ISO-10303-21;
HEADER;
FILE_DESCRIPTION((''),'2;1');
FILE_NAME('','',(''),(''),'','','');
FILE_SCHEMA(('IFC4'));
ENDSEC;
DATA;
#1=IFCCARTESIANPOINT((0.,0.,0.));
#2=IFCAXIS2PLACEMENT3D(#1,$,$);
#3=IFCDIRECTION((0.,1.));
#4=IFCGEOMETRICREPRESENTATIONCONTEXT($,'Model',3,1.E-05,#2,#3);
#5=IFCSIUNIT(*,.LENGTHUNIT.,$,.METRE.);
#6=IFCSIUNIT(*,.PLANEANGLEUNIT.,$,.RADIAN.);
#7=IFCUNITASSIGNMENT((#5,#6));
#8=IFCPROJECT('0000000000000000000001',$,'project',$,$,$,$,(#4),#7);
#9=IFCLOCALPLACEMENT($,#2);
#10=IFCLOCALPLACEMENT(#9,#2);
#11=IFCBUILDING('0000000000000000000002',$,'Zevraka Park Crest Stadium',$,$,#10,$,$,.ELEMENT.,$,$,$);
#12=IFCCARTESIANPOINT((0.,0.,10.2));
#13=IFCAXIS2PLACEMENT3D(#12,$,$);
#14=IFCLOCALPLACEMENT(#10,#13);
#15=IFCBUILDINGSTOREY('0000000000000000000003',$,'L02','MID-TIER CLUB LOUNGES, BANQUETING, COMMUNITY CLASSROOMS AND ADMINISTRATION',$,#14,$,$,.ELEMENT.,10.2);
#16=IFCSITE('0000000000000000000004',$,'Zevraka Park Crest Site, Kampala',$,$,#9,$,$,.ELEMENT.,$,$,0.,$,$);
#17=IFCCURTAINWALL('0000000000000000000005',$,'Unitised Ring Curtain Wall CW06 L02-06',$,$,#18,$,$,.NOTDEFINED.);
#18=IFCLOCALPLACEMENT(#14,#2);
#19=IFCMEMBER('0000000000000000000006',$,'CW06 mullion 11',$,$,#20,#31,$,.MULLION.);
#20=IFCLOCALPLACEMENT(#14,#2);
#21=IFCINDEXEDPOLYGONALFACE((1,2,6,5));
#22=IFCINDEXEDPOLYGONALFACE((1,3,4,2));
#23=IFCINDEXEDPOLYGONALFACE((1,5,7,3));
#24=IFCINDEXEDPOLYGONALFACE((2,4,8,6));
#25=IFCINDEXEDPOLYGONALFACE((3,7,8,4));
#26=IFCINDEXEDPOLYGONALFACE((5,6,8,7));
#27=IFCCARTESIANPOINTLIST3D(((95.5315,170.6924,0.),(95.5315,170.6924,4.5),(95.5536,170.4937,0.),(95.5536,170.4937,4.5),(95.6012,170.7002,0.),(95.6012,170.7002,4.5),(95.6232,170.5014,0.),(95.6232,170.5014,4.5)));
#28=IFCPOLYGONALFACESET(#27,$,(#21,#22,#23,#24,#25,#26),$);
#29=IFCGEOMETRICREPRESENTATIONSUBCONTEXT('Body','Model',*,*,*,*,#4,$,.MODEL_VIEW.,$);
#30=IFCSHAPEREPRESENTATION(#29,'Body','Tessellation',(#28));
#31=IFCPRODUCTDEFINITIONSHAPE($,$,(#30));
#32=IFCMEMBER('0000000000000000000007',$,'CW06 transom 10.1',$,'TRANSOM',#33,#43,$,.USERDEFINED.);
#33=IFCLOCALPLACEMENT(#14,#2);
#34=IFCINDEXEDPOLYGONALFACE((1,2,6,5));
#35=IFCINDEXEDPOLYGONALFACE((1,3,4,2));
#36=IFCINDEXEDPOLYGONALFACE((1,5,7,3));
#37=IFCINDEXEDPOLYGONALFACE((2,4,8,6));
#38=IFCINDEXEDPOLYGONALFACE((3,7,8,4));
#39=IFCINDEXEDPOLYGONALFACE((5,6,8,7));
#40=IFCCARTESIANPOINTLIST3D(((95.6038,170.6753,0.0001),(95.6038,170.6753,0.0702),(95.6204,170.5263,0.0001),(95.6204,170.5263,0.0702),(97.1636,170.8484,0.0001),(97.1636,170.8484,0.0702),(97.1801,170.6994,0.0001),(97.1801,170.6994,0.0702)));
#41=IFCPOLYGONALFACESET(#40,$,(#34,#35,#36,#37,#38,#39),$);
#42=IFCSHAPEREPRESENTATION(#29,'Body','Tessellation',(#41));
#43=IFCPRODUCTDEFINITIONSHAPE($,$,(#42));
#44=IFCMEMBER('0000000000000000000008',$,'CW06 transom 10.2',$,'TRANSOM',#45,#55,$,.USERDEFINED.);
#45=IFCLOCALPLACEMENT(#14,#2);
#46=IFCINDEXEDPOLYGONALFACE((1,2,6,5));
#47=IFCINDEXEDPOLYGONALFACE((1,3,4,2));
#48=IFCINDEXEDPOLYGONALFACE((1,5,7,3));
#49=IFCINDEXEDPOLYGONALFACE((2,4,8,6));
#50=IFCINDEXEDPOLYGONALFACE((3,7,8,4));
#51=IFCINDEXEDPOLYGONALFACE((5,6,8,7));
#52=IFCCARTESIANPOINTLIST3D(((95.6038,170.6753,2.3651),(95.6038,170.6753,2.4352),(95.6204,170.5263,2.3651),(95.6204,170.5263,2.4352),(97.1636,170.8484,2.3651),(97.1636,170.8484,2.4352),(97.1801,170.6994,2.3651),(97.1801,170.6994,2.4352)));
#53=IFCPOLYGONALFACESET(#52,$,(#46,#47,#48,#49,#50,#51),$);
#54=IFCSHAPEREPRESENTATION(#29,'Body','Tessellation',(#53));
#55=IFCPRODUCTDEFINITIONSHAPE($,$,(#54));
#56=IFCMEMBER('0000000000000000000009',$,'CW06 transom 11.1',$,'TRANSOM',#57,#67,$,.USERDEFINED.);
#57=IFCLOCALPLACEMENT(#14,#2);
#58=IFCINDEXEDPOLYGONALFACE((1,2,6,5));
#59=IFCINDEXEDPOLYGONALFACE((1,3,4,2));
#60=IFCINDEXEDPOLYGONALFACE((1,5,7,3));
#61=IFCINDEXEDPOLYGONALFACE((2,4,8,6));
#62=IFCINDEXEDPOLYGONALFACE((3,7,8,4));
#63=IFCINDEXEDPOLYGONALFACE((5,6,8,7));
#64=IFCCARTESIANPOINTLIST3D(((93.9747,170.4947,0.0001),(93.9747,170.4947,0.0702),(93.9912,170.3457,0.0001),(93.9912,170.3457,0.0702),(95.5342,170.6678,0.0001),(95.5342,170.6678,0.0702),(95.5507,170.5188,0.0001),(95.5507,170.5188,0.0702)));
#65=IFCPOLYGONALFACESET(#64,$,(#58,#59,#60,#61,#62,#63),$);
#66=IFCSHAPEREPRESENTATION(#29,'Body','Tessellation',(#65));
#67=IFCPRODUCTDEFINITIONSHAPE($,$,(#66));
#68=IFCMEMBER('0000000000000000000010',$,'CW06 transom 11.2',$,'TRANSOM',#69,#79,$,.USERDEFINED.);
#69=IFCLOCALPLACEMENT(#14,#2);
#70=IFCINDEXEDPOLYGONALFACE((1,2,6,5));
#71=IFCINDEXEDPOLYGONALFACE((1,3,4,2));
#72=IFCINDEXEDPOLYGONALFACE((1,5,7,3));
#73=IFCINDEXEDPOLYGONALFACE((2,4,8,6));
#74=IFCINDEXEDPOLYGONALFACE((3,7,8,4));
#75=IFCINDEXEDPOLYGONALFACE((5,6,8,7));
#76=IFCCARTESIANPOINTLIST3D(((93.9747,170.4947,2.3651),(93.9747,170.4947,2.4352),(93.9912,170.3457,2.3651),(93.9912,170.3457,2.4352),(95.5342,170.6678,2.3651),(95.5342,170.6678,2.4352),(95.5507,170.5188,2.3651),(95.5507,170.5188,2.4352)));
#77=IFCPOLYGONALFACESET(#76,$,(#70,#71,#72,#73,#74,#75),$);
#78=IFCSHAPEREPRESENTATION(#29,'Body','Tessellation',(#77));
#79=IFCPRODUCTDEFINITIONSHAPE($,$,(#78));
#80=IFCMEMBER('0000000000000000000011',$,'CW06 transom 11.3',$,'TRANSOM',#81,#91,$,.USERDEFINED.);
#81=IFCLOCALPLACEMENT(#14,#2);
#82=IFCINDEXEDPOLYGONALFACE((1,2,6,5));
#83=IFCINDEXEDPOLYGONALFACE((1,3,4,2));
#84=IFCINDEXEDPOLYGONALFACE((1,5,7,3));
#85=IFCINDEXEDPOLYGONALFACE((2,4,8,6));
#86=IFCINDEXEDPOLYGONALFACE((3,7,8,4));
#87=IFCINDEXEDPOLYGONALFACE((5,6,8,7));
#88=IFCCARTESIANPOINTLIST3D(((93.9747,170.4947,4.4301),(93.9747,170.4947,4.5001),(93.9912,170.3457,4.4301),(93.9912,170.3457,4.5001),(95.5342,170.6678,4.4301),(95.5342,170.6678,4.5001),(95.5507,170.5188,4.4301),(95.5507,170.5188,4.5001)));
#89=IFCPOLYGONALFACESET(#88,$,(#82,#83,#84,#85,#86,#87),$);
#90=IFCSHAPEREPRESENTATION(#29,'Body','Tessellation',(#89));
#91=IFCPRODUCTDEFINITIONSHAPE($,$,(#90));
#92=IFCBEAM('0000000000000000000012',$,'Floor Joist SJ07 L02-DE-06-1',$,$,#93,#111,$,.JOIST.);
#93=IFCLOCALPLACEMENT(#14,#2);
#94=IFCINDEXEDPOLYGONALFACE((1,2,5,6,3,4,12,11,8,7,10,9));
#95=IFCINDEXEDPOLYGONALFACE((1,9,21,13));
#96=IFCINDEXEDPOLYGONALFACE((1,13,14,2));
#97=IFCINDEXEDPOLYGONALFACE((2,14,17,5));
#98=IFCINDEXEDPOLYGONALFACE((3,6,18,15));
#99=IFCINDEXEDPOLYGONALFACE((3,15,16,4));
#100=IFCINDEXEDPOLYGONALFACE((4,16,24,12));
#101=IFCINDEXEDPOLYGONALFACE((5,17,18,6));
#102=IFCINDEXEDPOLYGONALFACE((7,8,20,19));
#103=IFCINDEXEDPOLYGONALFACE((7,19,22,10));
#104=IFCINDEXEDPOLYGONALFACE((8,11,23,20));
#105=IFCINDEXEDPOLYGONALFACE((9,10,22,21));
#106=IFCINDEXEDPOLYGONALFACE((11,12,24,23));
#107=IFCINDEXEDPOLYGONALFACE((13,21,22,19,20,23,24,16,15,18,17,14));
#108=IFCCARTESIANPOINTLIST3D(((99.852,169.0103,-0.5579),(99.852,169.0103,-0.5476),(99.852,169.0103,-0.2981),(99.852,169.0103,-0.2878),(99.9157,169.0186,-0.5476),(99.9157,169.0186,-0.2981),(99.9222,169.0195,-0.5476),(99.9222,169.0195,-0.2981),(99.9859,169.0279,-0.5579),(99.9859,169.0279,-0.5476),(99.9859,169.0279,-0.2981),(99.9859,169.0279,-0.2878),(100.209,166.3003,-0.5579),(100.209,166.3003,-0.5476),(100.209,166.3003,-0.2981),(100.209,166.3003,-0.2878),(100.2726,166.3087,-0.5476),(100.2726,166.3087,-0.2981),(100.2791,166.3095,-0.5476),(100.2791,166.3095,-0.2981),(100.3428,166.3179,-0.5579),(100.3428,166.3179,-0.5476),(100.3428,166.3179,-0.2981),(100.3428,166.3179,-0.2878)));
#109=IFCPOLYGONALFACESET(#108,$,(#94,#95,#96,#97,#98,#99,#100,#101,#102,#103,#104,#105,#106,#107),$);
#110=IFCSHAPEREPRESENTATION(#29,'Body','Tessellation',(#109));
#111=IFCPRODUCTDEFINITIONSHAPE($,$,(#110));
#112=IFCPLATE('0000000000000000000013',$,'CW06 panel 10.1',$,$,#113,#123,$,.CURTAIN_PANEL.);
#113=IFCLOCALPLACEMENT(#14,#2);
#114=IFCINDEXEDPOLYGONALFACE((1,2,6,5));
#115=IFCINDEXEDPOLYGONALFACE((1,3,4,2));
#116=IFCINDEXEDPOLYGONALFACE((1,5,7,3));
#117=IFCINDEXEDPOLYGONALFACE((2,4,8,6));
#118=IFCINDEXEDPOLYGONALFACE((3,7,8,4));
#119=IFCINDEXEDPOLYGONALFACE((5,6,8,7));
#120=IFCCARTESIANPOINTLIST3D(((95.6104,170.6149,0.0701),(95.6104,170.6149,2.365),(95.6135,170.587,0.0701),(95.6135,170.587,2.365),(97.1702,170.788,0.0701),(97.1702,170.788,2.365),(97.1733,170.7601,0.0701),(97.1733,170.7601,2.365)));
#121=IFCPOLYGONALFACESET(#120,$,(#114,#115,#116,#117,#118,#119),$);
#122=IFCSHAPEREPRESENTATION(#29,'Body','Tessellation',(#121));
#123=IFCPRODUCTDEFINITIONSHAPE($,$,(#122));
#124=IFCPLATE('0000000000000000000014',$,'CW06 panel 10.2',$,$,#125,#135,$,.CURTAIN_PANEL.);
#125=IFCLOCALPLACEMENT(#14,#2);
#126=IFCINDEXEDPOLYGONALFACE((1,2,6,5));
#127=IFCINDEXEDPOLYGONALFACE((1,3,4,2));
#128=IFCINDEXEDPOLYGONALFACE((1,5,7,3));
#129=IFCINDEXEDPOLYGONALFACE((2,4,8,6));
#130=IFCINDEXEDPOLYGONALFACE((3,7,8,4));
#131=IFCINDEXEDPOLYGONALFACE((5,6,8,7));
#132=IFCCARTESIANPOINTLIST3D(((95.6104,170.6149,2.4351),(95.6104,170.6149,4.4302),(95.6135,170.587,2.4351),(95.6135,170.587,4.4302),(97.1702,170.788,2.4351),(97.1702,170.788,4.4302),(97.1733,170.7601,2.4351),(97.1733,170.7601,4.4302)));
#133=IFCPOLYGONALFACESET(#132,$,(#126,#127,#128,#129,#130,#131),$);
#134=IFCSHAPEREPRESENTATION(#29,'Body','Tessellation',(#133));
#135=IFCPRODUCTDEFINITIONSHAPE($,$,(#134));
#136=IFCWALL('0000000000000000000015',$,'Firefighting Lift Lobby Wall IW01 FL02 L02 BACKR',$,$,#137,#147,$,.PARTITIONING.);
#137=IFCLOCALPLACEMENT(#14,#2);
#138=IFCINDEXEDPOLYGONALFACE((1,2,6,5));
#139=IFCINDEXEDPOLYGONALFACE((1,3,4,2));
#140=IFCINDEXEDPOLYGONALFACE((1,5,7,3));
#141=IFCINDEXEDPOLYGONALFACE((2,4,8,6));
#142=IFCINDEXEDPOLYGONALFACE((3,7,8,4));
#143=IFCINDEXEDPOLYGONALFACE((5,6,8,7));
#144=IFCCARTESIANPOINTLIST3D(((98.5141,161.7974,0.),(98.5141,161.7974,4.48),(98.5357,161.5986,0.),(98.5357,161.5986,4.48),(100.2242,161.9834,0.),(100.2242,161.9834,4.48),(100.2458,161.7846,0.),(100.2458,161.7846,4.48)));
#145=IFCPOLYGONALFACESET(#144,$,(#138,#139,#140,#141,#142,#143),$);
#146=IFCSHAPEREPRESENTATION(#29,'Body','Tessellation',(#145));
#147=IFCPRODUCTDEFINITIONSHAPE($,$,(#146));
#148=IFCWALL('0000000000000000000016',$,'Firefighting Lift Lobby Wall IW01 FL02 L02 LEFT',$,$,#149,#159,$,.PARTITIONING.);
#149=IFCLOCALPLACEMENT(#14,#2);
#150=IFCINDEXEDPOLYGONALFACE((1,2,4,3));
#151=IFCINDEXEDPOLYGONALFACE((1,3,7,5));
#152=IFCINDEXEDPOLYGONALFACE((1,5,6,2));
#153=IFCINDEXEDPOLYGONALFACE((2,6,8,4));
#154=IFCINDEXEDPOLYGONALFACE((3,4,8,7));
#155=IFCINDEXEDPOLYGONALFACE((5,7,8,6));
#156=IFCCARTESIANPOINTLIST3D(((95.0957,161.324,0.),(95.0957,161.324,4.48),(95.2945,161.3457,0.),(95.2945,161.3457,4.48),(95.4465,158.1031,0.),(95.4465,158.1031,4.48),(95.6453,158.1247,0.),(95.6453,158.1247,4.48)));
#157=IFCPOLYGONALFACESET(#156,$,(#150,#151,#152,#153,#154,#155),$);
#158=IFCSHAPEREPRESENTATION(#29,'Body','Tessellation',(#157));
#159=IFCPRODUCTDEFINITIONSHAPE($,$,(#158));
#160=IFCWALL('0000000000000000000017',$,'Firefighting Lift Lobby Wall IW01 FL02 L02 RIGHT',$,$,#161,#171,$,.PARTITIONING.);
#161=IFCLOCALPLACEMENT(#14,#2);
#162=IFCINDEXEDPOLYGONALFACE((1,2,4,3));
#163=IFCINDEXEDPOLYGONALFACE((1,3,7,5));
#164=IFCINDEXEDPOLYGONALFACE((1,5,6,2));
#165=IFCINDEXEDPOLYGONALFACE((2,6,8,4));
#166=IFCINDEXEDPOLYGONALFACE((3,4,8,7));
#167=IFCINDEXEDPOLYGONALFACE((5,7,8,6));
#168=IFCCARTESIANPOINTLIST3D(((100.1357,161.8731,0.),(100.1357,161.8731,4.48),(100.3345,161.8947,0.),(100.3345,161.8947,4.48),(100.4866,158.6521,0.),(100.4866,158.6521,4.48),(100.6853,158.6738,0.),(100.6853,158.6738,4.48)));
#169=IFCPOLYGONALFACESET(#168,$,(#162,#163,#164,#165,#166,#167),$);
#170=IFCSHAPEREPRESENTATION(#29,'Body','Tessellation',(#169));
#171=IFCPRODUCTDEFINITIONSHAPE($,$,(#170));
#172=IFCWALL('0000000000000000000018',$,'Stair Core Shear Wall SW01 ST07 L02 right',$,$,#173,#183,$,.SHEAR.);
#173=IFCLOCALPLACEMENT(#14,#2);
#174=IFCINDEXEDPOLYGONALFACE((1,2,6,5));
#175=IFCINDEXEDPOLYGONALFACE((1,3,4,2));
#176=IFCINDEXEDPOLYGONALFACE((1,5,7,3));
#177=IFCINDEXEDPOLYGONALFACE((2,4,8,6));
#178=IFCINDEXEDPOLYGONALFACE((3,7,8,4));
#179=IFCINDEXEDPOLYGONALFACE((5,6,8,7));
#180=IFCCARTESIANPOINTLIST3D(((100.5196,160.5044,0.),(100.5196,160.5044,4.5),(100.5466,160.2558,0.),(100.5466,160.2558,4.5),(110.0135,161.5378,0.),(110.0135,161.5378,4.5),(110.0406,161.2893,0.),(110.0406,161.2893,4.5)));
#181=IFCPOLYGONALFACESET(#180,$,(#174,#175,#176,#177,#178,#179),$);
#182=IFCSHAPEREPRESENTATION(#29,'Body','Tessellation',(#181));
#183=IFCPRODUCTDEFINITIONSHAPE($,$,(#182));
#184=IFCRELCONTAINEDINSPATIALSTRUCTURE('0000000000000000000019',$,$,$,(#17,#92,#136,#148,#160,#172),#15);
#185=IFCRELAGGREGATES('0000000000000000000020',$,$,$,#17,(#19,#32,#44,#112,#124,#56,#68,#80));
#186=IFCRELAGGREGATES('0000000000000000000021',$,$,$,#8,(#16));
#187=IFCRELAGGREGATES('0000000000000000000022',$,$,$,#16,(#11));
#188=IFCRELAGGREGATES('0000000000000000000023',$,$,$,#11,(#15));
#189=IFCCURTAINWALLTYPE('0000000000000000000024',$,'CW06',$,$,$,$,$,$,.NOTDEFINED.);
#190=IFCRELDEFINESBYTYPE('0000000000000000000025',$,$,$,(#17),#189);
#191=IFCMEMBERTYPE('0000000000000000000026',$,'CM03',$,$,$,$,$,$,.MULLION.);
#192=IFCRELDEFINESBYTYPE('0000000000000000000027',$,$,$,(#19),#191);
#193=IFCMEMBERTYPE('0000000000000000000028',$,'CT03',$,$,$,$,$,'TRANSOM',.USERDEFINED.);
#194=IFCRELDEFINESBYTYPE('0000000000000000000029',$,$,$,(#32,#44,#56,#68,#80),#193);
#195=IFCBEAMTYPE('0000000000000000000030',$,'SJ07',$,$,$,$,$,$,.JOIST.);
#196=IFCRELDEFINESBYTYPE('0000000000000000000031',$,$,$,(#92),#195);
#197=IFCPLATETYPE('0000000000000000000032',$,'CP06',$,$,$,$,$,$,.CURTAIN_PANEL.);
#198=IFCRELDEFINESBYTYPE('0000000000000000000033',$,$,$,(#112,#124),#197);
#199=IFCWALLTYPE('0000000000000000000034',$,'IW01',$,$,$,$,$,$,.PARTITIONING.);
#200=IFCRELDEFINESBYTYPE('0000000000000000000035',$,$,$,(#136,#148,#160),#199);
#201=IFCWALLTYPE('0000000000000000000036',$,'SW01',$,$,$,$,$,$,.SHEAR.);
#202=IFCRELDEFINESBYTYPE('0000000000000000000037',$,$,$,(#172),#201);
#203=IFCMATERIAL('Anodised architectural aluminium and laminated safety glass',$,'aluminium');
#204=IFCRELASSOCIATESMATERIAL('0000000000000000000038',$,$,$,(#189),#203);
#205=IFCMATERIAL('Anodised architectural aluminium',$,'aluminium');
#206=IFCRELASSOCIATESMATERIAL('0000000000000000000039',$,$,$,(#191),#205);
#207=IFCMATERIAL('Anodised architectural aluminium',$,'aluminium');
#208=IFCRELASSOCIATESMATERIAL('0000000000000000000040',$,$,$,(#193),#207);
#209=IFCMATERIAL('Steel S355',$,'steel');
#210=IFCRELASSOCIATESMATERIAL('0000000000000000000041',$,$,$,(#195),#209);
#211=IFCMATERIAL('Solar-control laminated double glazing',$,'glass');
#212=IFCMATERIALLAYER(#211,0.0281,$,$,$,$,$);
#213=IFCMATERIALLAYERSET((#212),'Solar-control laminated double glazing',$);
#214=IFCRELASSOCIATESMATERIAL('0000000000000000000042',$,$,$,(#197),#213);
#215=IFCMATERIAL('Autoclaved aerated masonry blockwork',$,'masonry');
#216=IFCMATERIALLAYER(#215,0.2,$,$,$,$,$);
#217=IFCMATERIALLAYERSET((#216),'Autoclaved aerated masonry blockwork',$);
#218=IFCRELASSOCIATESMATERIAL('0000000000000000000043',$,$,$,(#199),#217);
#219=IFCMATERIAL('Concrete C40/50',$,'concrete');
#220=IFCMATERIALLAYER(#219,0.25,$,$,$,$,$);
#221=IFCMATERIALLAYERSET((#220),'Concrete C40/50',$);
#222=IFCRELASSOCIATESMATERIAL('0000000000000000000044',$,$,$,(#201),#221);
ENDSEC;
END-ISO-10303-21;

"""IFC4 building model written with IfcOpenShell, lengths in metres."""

from ifc_helpers import new_model, si_unit, direction, frame, frame_2d, origin, origin_2d, place, context, subcontext, project, spatial, rectangle, i_section, extrude, material, layer, layer_set, material_profile, profile_set, type_object, element, aggregate, save


model = new_model("IFC4")

# Units and contexts
model_context = context("Model", 3, precision=1e-05, world=origin(), true_north=direction((0.0, 1.0)))
body_context = subcontext(model_context, "Body", "Model", "MODEL_VIEW")
ifc_project = project(units=[si_unit("LENGTHUNIT", "METRE"), si_unit("PLANEANGLEUNIT", "RADIAN")], contexts=[model_context])

# Site, building, storey
site_placement = place(None, origin())
site = spatial("IfcSite", under=ifc_project, at=site_placement, Name="Zevraka Park Crest Site, Kampala", CompositionType="ELEMENT", RefElevation=0.0)
building_placement = place(site_placement, origin())
building = spatial("IfcBuilding", under=site, at=building_placement, Name="Zevraka Park Crest Stadium", CompositionType="ELEMENT")
storey_placement = place(building_placement, frame((0.0, 0.0, 10.2)))
storey = spatial("IfcBuildingStorey", under=building, at=storey_placement, Name="L02", Description="MID-TIER CLUB LOUNGES, BANQUETING, COMMUNITY CLASSROOMS AND ADMINISTRATION", CompositionType="ELEMENT", Elevation=10.2)

# Curtain wall, members
ifc_material_1 = material(Name="Anodised architectural aluminium and laminated safety glass", Category="aluminium")
curtain_wall_type = type_object("IfcCurtainWallType", Name="CW06", PredefinedType="NOTDEFINED", material=ifc_material_1)
curtain_wall_placement = place(storey_placement, origin())
curtain_wall = element("IfcCurtainWall", 1, at=curtain_wall_placement, inside=storey, type_object=curtain_wall_type, Name="Unitised Ring Curtain Wall CW06 L02-06", PredefinedType="NOTDEFINED")
ifc_material_2 = material(Name="Anodised architectural aluminium", Category="aluminium")
ifc_material_profile_1 = material_profile(ifc_material_2, rectangle(XDim=0.2, YDim=0.0701, at=origin_2d()), Name="ALU MULLION 200x70")
ifc_profile_set_1 = profile_set([ifc_material_profile_1], Name="Anodised architectural aluminium")
member_type_1 = type_object("IfcMemberType", Name="CM03", PredefinedType="MULLION", material=ifc_profile_set_1)
member_1_placement = place(storey_placement, frame((95.5774, 170.5969, 0.0), z_axis=(0.0, 0.0, 1.0), x_axis=(0.110293, -0.993899, 0.0)))
member_1 = element("IfcMember", 2, at=member_1_placement, type_object=member_type_1, Name="CW06 mullion 11", PredefinedType="MULLION", context=body_context, shape_type="SweptSolid", body=[
    extrude(rectangle(XDim=0.2, YDim=0.0701, at=origin_2d()), origin(), (0.0, 0.0, 1.0), 4.5),
])
ifc_material_3 = material(Name="Anodised architectural aluminium", Category="aluminium")
ifc_material_profile_2 = material_profile(ifc_material_3, rectangle(XDim=0.1499, YDim=0.0701, at=origin_2d()), Name="ALU TRANSOM 150x70")
ifc_profile_set_2 = profile_set([ifc_material_profile_2], Name="Anodised architectural aluminium")
member_type_2 = type_object("IfcMemberType", Name="CT03", ElementType="TRANSOM", PredefinedType="USERDEFINED", material=ifc_profile_set_2)
member_2_placement = place(storey_placement, frame((97.1719, 170.7739, 0.0352), z_axis=(-0.993899, -0.110295, 0.0), x_axis=(0.110295, -0.993899, 0.0)))
member_2 = element("IfcMember", 3, at=member_2_placement, type_object=member_type_2, Name="CW06 transom 10.1", ObjectType="TRANSOM", PredefinedType="USERDEFINED", context=body_context, shape_type="SweptSolid", body=[
    extrude(rectangle(XDim=0.1499, YDim=0.0701, at=origin_2d()), origin(), (0.0, 0.0, 1.0), 1.5693),
])
member_3_placement = place(storey_placement, frame((97.1719, 170.7739, 2.4001), z_axis=(-0.993899, -0.110295, 0.0), x_axis=(0.110295, -0.993899, 0.0)))
member_3 = element("IfcMember", 4, at=member_3_placement, type_object=member_type_2, Name="CW06 transom 10.2", ObjectType="TRANSOM", PredefinedType="USERDEFINED", context=body_context, shape_type="SweptSolid", body=[
    extrude(rectangle(XDim=0.1499, YDim=0.0701, at=origin_2d()), origin(), (0.0, 0.0, 1.0), 1.5693),
])
member_4_placement = place(storey_placement, frame((95.5425, 170.5933, 0.0352), z_axis=(-0.993897, -0.110312, 0.0), x_axis=(0.110312, -0.993897, 0.0)))
member_4 = element("IfcMember", 5, at=member_4_placement, type_object=member_type_2, Name="CW06 transom 11.1", ObjectType="TRANSOM", PredefinedType="USERDEFINED", context=body_context, shape_type="SweptSolid", body=[
    extrude(rectangle(XDim=0.1499, YDim=0.0701, at=origin_2d()), origin(), (0.0, 0.0, 1.0), 1.5691),
])
member_5_placement = place(storey_placement, frame((95.5425, 170.5933, 2.4001), z_axis=(-0.993897, -0.110312, 0.0), x_axis=(0.110312, -0.993897, 0.0)))
member_5 = element("IfcMember", 6, at=member_5_placement, type_object=member_type_2, Name="CW06 transom 11.2", ObjectType="TRANSOM", PredefinedType="USERDEFINED", context=body_context, shape_type="SweptSolid", body=[
    extrude(rectangle(XDim=0.1499, YDim=0.0701, at=origin_2d()), origin(), (0.0, 0.0, 1.0), 1.5691),
])
member_6_placement = place(storey_placement, frame((95.5425, 170.5933, 4.4651), z_axis=(-0.993897, -0.110312, 0.0), x_axis=(0.110312, -0.993897, 0.0)))
member_6 = element("IfcMember", 7, at=member_6_placement, type_object=member_type_2, Name="CW06 transom 11.3", ObjectType="TRANSOM", PredefinedType="USERDEFINED", context=body_context, shape_type="SweptSolid", body=[
    extrude(rectangle(XDim=0.1499, YDim=0.0701, at=origin_2d()), origin(), (0.0, 0.0, 1.0), 1.5691),
])

# Beam
ifc_material_4 = material(Name="Steel S355", Category="steel")
ifc_material_profile_3 = material_profile(ifc_material_4, i_section(OverallWidth=0.135, OverallDepth=0.27, WebThickness=0.0066, FlangeThickness=0.0103, at=origin_2d()), Name="IPE 270")
ifc_profile_set_3 = profile_set([ifc_material_profile_3], Name="Steel S355")
beam_type = type_object("IfcBeamType", Name="SJ07", PredefinedType="JOIST", material=ifc_profile_set_3)
beam_placement = place(storey_placement, frame((100.2759, 166.3091, -0.4229), z_axis=(-0.130584, 0.991437, 0.0), x_axis=(-0.991437, -0.130584, 0.0)))
element("IfcBeam", 8, at=beam_placement, inside=storey, type_object=beam_type, Name="Floor Joist SJ07 L02-DE-06-1", PredefinedType="JOIST", context=body_context, shape_type="SweptSolid", body=[
    extrude(i_section(OverallWidth=0.135, OverallDepth=0.27, WebThickness=0.0066, FlangeThickness=0.0103, at=origin_2d()), origin(), (0.0, 0.0, 1.0), 2.7334),
])

# Plates
ifc_material_5 = material(Name="Solar-control laminated double glazing", Category="glass")
ifc_layer_1 = layer(ifc_material_5, 0.0281)
ifc_layer_set_1 = layer_set([ifc_layer_1], Name="Solar-control laminated double glazing")
plate_type = type_object("IfcPlateType", Name="CP06", PredefinedType="CURTAIN_PANEL", material=ifc_layer_set_1)
plate_1_placement = place(storey_placement, frame((96.3918, 170.6875, 0.0701), z_axis=(0.0, 0.0, 1.0), x_axis=(-0.993899, -0.110293, 0.0)))
plate_1 = element("IfcPlate", 9, at=plate_1_placement, type_object=plate_type, Name="CW06 panel 10.1", PredefinedType="CURTAIN_PANEL", context=body_context, shape_type="SweptSolid", body=[
    extrude(rectangle(XDim=1.5693, YDim=0.0281, at=origin_2d()), origin(), (0.0, 0.0, 1.0), 2.2949),
])
plate_2_placement = place(storey_placement, frame((96.3918, 170.6875, 2.4351), z_axis=(0.0, 0.0, 1.0), x_axis=(-0.993899, -0.110293, 0.0)))
plate_2 = element("IfcPlate", 10, at=plate_2_placement, type_object=plate_type, Name="CW06 panel 10.2", PredefinedType="CURTAIN_PANEL", context=body_context, shape_type="SweptSolid", body=[
    extrude(rectangle(XDim=1.5693, YDim=0.0281, at=origin_2d()), origin(), (0.0, 0.0, 1.0), 1.9951),
])
aggregate(curtain_wall, [member_1, member_2, member_3, plate_1, plate_2, member_4, member_5, member_6])

# Walls
ifc_material_6 = material(Name="Autoclaved aerated masonry blockwork", Category="masonry")
ifc_layer_2 = layer(ifc_material_6, 0.2)
ifc_layer_set_2 = layer_set([ifc_layer_2], Name="Autoclaved aerated masonry blockwork")
wall_type_1 = type_object("IfcWallType", Name="IW01", PredefinedType="PARTITIONING", material=ifc_layer_set_2)
wall_1_placement = place(storey_placement, frame((98.5249, 161.698, 0.0), z_axis=(0.0, 0.0, 1.0), x_axis=(0.994136, 0.108142, 0.0)))
element("IfcWall", 11, at=wall_1_placement, inside=storey, type_object=wall_type_1, Name="Firefighting Lift Lobby Wall IW01 FL02 L02 BACKR", PredefinedType="PARTITIONING", context=body_context, shape_type="SweptSolid", body=[
    extrude(rectangle(XDim=1.7202, YDim=0.2, at=frame_2d((0.8601, 0.0))), origin(), (0.0, 0.0, 1.0), 4.48),
])
for number, where, z_axis, x_axis, name in (
    (12, (95.1951, 161.335, 0.0), (0.0, 0.0, 1.0), (0.108281, -0.99412, 0.0), "Firefighting Lift Lobby Wall IW01 FL02 L02 LEFT"),
    (13, (100.2351, 161.884, 0.0), (0.0, 0.0, 1.0), (0.108281, -0.99412, 0.0), "Firefighting Lift Lobby Wall IW01 FL02 L02 RIGHT"),
):
    element("IfcWall", number, at=place(storey_placement, frame(where, z_axis=z_axis, x_axis=x_axis)), inside=storey, type_object=wall_type_1, Name=name, PredefinedType="PARTITIONING", context=body_context, shape_type="SweptSolid", body=[
        extrude(rectangle(XDim=3.24, YDim=0.2, at=frame_2d((1.6201, 0.0))), origin(), (0.0, 0.0, 1.0), 4.48),
    ])
ifc_material_7 = material(Name="Concrete C40/50", Category="concrete")
ifc_layer_3 = layer(ifc_material_7, 0.25)
ifc_layer_set_3 = layer_set([ifc_layer_3], Name="Concrete C40/50")
wall_type_2 = type_object("IfcWallType", Name="SW01", PredefinedType="SHEAR", material=ifc_layer_set_3)
wall_2_placement = place(storey_placement, frame((100.5332, 160.3801, 0.0), z_axis=(0.0, 0.0, 1.0), x_axis=(0.994128, 0.108215, 0.0)))
element("IfcWall", 14, at=wall_2_placement, inside=storey, type_object=wall_type_2, Name="Stair Core Shear Wall SW01 ST07 L02 right", PredefinedType="SHEAR", context=body_context, shape_type="SweptSolid", body=[
    extrude(rectangle(XDim=9.55, YDim=0.25, at=frame_2d((4.7749, 0.0))), origin(), (0.0, 0.0, 1.0), 4.5),
])

save(model, "model.ifc")
